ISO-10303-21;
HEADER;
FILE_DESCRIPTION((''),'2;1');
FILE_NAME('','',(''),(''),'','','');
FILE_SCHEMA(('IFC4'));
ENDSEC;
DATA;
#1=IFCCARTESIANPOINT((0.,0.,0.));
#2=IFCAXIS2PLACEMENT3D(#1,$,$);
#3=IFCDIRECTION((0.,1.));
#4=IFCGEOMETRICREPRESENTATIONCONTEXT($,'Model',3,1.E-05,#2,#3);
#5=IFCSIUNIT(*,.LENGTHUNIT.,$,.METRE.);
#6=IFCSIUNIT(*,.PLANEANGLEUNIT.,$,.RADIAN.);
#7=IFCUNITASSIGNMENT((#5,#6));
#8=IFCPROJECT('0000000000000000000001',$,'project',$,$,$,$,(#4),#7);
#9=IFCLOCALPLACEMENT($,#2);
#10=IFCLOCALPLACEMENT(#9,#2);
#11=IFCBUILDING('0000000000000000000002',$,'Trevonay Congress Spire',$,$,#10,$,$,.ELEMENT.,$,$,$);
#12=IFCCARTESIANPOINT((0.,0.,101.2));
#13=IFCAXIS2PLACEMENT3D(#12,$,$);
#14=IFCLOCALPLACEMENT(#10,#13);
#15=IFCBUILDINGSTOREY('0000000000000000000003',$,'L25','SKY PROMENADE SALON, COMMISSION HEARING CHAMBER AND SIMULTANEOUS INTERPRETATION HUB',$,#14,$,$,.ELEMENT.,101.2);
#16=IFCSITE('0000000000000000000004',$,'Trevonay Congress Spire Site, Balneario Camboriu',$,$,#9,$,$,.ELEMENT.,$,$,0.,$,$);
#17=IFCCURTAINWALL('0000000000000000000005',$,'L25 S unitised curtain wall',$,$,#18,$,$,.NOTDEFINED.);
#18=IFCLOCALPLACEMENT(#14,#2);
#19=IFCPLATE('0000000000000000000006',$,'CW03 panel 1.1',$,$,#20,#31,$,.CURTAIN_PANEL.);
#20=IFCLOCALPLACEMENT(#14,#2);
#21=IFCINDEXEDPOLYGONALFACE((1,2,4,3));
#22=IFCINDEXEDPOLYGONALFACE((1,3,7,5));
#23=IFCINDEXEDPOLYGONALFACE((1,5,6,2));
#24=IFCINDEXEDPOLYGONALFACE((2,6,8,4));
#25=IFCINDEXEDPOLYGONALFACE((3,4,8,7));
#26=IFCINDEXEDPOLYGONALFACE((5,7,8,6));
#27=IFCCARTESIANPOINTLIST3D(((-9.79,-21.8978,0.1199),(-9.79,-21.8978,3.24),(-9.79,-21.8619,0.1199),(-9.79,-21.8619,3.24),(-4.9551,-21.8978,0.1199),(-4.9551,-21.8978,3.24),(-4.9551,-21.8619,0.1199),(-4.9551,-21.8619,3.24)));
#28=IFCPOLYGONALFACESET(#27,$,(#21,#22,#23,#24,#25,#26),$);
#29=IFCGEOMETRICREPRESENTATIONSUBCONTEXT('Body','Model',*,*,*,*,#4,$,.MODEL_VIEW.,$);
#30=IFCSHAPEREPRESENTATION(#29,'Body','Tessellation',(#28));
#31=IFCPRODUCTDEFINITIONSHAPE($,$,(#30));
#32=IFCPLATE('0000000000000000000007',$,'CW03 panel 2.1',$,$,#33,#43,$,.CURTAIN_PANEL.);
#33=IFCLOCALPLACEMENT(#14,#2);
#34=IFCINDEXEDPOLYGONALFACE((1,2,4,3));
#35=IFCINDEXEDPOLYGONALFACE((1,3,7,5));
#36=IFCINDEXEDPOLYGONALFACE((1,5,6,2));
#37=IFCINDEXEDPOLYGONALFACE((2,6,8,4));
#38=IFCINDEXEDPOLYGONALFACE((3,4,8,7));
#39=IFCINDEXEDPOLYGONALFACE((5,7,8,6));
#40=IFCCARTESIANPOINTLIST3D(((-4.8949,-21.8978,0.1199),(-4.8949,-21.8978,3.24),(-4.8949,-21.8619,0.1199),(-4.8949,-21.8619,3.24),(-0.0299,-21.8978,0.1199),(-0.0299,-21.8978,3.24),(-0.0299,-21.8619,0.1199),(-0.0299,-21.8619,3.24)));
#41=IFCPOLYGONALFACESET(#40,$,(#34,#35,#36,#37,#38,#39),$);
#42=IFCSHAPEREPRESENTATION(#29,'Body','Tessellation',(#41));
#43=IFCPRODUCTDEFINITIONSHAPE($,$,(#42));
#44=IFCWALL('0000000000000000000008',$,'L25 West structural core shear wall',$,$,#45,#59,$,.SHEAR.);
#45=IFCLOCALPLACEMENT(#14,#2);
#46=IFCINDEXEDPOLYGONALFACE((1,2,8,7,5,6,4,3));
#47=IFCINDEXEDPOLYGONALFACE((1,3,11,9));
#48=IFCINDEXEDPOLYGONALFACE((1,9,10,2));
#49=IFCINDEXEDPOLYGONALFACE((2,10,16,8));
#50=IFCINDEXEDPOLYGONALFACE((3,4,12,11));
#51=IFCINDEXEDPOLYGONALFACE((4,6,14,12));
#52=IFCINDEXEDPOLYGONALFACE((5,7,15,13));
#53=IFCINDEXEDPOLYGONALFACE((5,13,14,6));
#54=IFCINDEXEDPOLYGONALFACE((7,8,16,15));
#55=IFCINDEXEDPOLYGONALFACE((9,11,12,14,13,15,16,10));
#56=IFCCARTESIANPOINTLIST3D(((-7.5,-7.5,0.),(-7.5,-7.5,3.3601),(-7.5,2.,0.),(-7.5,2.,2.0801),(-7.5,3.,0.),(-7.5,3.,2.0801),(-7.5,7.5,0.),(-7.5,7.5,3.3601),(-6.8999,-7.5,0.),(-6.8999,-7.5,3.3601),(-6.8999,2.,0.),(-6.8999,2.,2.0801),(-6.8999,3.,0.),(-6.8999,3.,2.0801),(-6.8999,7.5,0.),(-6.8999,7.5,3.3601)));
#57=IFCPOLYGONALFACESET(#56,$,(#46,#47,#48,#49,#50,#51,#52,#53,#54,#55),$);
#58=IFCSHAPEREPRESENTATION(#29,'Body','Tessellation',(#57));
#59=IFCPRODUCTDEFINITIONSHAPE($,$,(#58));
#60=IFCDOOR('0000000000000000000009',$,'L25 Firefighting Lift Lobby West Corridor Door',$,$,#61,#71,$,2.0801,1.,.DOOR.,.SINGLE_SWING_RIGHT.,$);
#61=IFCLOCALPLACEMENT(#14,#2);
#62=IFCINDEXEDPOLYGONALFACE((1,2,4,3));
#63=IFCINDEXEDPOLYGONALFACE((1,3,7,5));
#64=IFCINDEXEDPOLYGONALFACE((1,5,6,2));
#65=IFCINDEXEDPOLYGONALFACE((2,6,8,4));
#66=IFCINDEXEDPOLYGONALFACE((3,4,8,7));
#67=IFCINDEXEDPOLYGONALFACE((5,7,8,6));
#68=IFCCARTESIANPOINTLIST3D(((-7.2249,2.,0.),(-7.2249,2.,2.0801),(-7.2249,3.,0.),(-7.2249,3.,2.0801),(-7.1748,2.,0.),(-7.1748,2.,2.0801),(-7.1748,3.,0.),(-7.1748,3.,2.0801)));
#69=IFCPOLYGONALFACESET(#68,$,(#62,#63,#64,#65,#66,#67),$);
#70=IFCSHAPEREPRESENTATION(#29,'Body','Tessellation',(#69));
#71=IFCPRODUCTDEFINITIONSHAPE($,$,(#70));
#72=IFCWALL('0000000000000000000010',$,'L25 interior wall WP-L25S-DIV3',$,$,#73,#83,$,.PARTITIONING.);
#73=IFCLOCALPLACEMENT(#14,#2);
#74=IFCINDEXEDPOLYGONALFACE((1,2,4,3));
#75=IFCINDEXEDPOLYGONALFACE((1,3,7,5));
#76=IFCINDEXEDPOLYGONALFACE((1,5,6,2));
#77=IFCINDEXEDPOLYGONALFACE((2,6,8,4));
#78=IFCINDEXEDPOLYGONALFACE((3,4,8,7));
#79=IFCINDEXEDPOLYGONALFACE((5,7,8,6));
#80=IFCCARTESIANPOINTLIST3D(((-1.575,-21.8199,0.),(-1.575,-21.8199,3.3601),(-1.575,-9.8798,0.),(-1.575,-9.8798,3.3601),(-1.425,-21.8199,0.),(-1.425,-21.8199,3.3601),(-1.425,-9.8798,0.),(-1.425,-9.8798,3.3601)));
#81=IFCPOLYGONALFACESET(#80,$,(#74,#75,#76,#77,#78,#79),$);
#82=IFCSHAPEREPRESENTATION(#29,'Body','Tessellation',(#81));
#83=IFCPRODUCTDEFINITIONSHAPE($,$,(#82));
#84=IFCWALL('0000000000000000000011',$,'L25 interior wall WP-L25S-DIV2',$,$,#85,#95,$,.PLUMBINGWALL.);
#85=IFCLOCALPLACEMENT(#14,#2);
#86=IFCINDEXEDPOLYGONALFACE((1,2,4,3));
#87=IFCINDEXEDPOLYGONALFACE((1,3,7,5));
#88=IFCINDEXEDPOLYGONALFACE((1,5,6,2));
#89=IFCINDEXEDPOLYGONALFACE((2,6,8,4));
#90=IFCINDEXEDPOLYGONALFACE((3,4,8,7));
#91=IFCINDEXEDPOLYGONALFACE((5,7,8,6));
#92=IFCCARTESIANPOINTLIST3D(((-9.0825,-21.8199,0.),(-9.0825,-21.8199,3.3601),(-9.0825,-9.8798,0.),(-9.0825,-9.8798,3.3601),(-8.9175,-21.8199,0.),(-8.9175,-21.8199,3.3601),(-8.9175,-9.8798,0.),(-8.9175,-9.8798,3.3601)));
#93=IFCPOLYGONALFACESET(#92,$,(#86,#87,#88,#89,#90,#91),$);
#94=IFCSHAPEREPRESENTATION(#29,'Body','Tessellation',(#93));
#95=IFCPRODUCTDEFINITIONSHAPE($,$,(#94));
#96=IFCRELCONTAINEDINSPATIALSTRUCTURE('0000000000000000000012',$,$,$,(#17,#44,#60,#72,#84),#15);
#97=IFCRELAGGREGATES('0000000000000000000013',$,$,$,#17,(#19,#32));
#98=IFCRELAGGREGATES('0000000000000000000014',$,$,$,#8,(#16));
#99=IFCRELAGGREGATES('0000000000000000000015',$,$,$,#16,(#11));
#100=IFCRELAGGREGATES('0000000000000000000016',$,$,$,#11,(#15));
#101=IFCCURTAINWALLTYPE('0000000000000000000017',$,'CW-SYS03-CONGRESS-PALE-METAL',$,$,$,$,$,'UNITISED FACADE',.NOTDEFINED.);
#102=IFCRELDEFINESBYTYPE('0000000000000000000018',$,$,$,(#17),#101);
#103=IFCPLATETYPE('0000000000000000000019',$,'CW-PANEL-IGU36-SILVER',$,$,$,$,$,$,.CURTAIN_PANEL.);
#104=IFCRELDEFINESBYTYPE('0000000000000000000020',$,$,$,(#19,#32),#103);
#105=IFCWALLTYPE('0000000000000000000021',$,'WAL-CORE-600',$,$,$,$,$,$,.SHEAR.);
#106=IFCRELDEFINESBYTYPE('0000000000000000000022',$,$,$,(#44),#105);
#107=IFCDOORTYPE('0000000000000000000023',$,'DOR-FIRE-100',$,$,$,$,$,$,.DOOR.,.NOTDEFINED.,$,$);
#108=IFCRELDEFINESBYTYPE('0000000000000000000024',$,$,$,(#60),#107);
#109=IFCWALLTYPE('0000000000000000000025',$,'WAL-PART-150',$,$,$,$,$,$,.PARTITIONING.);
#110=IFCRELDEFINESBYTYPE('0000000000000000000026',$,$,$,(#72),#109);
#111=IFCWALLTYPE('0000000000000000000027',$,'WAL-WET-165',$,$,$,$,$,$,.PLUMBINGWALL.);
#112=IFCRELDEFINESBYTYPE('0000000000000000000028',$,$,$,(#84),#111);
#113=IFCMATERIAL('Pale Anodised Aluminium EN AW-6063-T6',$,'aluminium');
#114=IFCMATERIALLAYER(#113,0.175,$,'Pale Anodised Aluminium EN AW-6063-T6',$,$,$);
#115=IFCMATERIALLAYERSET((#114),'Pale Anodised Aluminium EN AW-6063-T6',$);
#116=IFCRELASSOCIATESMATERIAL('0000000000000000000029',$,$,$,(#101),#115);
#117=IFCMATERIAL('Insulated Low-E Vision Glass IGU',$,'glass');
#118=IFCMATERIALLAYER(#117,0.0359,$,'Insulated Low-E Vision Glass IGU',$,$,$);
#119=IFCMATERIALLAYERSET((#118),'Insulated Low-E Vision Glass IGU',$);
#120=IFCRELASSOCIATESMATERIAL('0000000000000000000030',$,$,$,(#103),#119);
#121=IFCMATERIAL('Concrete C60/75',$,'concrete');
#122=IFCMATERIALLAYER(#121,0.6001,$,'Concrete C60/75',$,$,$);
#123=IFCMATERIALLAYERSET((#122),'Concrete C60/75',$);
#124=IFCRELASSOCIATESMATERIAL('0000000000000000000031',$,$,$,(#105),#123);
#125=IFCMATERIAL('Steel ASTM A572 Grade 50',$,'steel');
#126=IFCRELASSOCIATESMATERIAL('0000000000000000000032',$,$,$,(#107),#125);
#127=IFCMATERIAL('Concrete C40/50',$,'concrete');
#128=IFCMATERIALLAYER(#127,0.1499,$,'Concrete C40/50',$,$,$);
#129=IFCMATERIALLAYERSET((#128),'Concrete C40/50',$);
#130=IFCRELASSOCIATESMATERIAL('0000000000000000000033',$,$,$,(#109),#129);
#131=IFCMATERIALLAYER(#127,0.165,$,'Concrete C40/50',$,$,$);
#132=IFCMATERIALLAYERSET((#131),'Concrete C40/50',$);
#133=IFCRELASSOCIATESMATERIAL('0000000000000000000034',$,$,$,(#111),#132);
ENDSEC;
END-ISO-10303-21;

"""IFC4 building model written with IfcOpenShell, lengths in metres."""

from ifc_helpers import new_model, si_unit, direction, frame, frame_2d, origin, origin_2d, place, context, subcontext, project, spatial, rectangle, extrude, material, layer, layer_set, type_object, element, fill, aggregate, save


model = new_model("IFC4")

# Units and contexts
model_context = context("Model", 3, precision=1e-05, world=origin(), true_north=direction((0.0, 1.0)))
body_context = subcontext(model_context, "Body", "Model", "MODEL_VIEW")
ifc_project = project(units=[si_unit("LENGTHUNIT", "METRE"), si_unit("PLANEANGLEUNIT", "RADIAN")], contexts=[model_context])

# Site, building, storey
site_placement = place(None, origin())
site = spatial("IfcSite", under=ifc_project, at=site_placement, Name="Trevonay Congress Spire Site, Balneario Camboriu", CompositionType="ELEMENT", RefElevation=0.0)
building_placement = place(site_placement, origin())
building = spatial("IfcBuilding", under=site, at=building_placement, Name="Trevonay Congress Spire", CompositionType="ELEMENT")
storey_placement = place(building_placement, frame((0.0, 0.0, 101.2)))
storey = spatial("IfcBuildingStorey", under=building, at=storey_placement, Name="L25", Description="SKY PROMENADE SALON, COMMISSION HEARING CHAMBER AND SIMULTANEOUS INTERPRETATION HUB", CompositionType="ELEMENT", Elevation=101.2)

# Shared definitions
ifc_material_1 = material(Name="Steel ASTM A572 Grade 50", Category="steel")

# Curtain wall, plates
ifc_material_2 = material(Name="Pale Anodised Aluminium EN AW-6063-T6", Category="aluminium")
ifc_layer_1 = layer(ifc_material_2, 0.175, Name="Pale Anodised Aluminium EN AW-6063-T6")
ifc_layer_set_1 = layer_set([ifc_layer_1], Name="Pale Anodised Aluminium EN AW-6063-T6")
curtain_wall_type = type_object("IfcCurtainWallType", Name="CW-SYS03-CONGRESS-PALE-METAL", ElementType="UNITISED FACADE", PredefinedType="NOTDEFINED", material=ifc_layer_set_1)
curtain_wall_placement = place(storey_placement, origin())
curtain_wall = element("IfcCurtainWall", 1, at=curtain_wall_placement, inside=storey, type_object=curtain_wall_type, Name="L25 S unitised curtain wall", PredefinedType="NOTDEFINED")
ifc_material_3 = material(Name="Insulated Low-E Vision Glass IGU", Category="glass")
ifc_layer_2 = layer(ifc_material_3, 0.0359, Name="Insulated Low-E Vision Glass IGU")
ifc_layer_set_2 = layer_set([ifc_layer_2], Name="Insulated Low-E Vision Glass IGU")
plate_type = type_object("IfcPlateType", Name="CW-PANEL-IGU36-SILVER", PredefinedType="CURTAIN_PANEL", material=ifc_layer_set_2)
plate_1_placement = place(storey_placement, frame((-7.3726, -21.8799, 0.1199), z_axis=(0.0, 0.0, 1.0), x_axis=(1.0, 0.0, 0.0)))
plate_1 = element("IfcPlate", 2, at=plate_1_placement, type_object=plate_type, Name="CW03 panel 1.1", PredefinedType="CURTAIN_PANEL", context=body_context, shape_type="SweptSolid", body=[
    extrude(rectangle(XDim=4.835, YDim=0.0359, at=origin_2d()), origin(), (0.0, 0.0, 1.0), 3.1201),
])
plate_2_placement = place(storey_placement, frame((-2.4624, -21.8799, 0.1199), z_axis=(0.0, 0.0, 1.0), x_axis=(1.0, 0.0, 0.0)))
plate_2 = element("IfcPlate", 3, at=plate_2_placement, type_object=plate_type, Name="CW03 panel 2.1", PredefinedType="CURTAIN_PANEL", context=body_context, shape_type="SweptSolid", body=[
    extrude(rectangle(XDim=4.865, YDim=0.0359, at=origin_2d()), origin(), (0.0, 0.0, 1.0), 3.1201),
])
aggregate(curtain_wall, [plate_1, plate_2])

# Wall, opening, door
ifc_material_4 = material(Name="Concrete C60/75", Category="concrete")
ifc_layer_3 = layer(ifc_material_4, 0.6001, Name="Concrete C60/75")
ifc_layer_set_3 = layer_set([ifc_layer_3], Name="Concrete C60/75")
wall_type_1 = type_object("IfcWallType", Name="WAL-CORE-600", PredefinedType="SHEAR", material=ifc_layer_set_3)
wall_1_placement = place(storey_placement, frame((-7.2, -7.5, 0.0), z_axis=(0.0, 0.0, 1.0), x_axis=(0.0, 1.0, 0.0)))
wall_1 = element("IfcWall", 4, at=wall_1_placement, inside=storey, type_object=wall_type_1, Name="L25 West structural core shear wall", PredefinedType="SHEAR", context=body_context, shape_type="SweptSolid", body=[
    extrude(rectangle(XDim=15.0, YDim=0.6001, at=frame_2d((7.5, 0.0))), origin(), (0.0, 0.0, 1.0), 3.3601),
])
opening_placement = place(wall_1_placement, frame((9.5, 0.0, 0.0)))
opening = element("IfcOpeningElement", 5, at=opening_placement, cuts=wall_1, PredefinedType="OPENING", context=body_context, shape_type="SweptSolid", body=[
    extrude(rectangle(XDim=1.0, YDim=2.0801, at=frame_2d((0.5, 1.04))), frame((0.0, 0.3101, 0.0), z_axis=(0.0, -1.0, 0.0), x_axis=(1.0, 0.0, 0.0)), (0.0, 0.0, 1.0), 0.6201),
])
door_type = type_object("IfcDoorType", Name="DOR-FIRE-100", OperationType="NOTDEFINED", PredefinedType="DOOR", material=ifc_material_1)
door_placement = place(opening_placement, origin())
door = element("IfcDoor", 6, at=door_placement, inside=storey, type_object=door_type, Name="L25 Firefighting Lift Lobby West Corridor Door", OperationType="SINGLE_SWING_RIGHT", OverallHeight=2.0801, OverallWidth=1.0, PredefinedType="DOOR", context=body_context, shape_type="SweptSolid", body=[
    extrude(rectangle(XDim=1.0, YDim=2.0801, at=frame_2d((0.5, 1.04))), frame((0.0, 0.0249, 0.0), z_axis=(0.0, -1.0, 0.0), x_axis=(1.0, 0.0, 0.0)), (0.0, 0.0, 1.0), 0.05),
])
fill(opening, door)

# Walls
ifc_material_5 = material(Name="Concrete C40/50", Category="concrete")
ifc_layer_4 = layer(ifc_material_5, 0.1499, Name="Concrete C40/50")
ifc_layer_set_4 = layer_set([ifc_layer_4], Name="Concrete C40/50")
wall_type_2 = type_object("IfcWallType", Name="WAL-PART-150", PredefinedType="PARTITIONING", material=ifc_layer_set_4)
wall_2_placement = place(storey_placement, frame((-1.5, -21.8201, 0.0), z_axis=(0.0, 0.0, 1.0), x_axis=(0.0, 1.0, 0.0)))
element("IfcWall", 7, at=wall_2_placement, inside=storey, type_object=wall_type_2, Name="L25 interior wall WP-L25S-DIV3", PredefinedType="PARTITIONING", context=body_context, shape_type="SweptSolid", body=[
    extrude(rectangle(XDim=11.9402, YDim=0.1499, at=frame_2d((5.9702, 0.0))), origin(), (0.0, 0.0, 1.0), 3.3601),
])
ifc_layer_5 = layer(ifc_material_5, 0.165, Name="Concrete C40/50")
ifc_layer_set_5 = layer_set([ifc_layer_5], Name="Concrete C40/50")
wall_type_3 = type_object("IfcWallType", Name="WAL-WET-165", PredefinedType="PLUMBINGWALL", material=ifc_layer_set_5)
wall_3_placement = place(storey_placement, frame((-9.0, -21.8201, 0.0), z_axis=(0.0, 0.0, 1.0), x_axis=(0.0, 1.0, 0.0)))
element("IfcWall", 8, at=wall_3_placement, inside=storey, type_object=wall_type_3, Name="L25 interior wall WP-L25S-DIV2", PredefinedType="PLUMBINGWALL", context=body_context, shape_type="SweptSolid", body=[
    extrude(rectangle(XDim=11.9402, YDim=0.165, at=frame_2d((5.9702, 0.0))), origin(), (0.0, 0.0, 1.0), 3.3601),
])

save(model, "model.ifc")
